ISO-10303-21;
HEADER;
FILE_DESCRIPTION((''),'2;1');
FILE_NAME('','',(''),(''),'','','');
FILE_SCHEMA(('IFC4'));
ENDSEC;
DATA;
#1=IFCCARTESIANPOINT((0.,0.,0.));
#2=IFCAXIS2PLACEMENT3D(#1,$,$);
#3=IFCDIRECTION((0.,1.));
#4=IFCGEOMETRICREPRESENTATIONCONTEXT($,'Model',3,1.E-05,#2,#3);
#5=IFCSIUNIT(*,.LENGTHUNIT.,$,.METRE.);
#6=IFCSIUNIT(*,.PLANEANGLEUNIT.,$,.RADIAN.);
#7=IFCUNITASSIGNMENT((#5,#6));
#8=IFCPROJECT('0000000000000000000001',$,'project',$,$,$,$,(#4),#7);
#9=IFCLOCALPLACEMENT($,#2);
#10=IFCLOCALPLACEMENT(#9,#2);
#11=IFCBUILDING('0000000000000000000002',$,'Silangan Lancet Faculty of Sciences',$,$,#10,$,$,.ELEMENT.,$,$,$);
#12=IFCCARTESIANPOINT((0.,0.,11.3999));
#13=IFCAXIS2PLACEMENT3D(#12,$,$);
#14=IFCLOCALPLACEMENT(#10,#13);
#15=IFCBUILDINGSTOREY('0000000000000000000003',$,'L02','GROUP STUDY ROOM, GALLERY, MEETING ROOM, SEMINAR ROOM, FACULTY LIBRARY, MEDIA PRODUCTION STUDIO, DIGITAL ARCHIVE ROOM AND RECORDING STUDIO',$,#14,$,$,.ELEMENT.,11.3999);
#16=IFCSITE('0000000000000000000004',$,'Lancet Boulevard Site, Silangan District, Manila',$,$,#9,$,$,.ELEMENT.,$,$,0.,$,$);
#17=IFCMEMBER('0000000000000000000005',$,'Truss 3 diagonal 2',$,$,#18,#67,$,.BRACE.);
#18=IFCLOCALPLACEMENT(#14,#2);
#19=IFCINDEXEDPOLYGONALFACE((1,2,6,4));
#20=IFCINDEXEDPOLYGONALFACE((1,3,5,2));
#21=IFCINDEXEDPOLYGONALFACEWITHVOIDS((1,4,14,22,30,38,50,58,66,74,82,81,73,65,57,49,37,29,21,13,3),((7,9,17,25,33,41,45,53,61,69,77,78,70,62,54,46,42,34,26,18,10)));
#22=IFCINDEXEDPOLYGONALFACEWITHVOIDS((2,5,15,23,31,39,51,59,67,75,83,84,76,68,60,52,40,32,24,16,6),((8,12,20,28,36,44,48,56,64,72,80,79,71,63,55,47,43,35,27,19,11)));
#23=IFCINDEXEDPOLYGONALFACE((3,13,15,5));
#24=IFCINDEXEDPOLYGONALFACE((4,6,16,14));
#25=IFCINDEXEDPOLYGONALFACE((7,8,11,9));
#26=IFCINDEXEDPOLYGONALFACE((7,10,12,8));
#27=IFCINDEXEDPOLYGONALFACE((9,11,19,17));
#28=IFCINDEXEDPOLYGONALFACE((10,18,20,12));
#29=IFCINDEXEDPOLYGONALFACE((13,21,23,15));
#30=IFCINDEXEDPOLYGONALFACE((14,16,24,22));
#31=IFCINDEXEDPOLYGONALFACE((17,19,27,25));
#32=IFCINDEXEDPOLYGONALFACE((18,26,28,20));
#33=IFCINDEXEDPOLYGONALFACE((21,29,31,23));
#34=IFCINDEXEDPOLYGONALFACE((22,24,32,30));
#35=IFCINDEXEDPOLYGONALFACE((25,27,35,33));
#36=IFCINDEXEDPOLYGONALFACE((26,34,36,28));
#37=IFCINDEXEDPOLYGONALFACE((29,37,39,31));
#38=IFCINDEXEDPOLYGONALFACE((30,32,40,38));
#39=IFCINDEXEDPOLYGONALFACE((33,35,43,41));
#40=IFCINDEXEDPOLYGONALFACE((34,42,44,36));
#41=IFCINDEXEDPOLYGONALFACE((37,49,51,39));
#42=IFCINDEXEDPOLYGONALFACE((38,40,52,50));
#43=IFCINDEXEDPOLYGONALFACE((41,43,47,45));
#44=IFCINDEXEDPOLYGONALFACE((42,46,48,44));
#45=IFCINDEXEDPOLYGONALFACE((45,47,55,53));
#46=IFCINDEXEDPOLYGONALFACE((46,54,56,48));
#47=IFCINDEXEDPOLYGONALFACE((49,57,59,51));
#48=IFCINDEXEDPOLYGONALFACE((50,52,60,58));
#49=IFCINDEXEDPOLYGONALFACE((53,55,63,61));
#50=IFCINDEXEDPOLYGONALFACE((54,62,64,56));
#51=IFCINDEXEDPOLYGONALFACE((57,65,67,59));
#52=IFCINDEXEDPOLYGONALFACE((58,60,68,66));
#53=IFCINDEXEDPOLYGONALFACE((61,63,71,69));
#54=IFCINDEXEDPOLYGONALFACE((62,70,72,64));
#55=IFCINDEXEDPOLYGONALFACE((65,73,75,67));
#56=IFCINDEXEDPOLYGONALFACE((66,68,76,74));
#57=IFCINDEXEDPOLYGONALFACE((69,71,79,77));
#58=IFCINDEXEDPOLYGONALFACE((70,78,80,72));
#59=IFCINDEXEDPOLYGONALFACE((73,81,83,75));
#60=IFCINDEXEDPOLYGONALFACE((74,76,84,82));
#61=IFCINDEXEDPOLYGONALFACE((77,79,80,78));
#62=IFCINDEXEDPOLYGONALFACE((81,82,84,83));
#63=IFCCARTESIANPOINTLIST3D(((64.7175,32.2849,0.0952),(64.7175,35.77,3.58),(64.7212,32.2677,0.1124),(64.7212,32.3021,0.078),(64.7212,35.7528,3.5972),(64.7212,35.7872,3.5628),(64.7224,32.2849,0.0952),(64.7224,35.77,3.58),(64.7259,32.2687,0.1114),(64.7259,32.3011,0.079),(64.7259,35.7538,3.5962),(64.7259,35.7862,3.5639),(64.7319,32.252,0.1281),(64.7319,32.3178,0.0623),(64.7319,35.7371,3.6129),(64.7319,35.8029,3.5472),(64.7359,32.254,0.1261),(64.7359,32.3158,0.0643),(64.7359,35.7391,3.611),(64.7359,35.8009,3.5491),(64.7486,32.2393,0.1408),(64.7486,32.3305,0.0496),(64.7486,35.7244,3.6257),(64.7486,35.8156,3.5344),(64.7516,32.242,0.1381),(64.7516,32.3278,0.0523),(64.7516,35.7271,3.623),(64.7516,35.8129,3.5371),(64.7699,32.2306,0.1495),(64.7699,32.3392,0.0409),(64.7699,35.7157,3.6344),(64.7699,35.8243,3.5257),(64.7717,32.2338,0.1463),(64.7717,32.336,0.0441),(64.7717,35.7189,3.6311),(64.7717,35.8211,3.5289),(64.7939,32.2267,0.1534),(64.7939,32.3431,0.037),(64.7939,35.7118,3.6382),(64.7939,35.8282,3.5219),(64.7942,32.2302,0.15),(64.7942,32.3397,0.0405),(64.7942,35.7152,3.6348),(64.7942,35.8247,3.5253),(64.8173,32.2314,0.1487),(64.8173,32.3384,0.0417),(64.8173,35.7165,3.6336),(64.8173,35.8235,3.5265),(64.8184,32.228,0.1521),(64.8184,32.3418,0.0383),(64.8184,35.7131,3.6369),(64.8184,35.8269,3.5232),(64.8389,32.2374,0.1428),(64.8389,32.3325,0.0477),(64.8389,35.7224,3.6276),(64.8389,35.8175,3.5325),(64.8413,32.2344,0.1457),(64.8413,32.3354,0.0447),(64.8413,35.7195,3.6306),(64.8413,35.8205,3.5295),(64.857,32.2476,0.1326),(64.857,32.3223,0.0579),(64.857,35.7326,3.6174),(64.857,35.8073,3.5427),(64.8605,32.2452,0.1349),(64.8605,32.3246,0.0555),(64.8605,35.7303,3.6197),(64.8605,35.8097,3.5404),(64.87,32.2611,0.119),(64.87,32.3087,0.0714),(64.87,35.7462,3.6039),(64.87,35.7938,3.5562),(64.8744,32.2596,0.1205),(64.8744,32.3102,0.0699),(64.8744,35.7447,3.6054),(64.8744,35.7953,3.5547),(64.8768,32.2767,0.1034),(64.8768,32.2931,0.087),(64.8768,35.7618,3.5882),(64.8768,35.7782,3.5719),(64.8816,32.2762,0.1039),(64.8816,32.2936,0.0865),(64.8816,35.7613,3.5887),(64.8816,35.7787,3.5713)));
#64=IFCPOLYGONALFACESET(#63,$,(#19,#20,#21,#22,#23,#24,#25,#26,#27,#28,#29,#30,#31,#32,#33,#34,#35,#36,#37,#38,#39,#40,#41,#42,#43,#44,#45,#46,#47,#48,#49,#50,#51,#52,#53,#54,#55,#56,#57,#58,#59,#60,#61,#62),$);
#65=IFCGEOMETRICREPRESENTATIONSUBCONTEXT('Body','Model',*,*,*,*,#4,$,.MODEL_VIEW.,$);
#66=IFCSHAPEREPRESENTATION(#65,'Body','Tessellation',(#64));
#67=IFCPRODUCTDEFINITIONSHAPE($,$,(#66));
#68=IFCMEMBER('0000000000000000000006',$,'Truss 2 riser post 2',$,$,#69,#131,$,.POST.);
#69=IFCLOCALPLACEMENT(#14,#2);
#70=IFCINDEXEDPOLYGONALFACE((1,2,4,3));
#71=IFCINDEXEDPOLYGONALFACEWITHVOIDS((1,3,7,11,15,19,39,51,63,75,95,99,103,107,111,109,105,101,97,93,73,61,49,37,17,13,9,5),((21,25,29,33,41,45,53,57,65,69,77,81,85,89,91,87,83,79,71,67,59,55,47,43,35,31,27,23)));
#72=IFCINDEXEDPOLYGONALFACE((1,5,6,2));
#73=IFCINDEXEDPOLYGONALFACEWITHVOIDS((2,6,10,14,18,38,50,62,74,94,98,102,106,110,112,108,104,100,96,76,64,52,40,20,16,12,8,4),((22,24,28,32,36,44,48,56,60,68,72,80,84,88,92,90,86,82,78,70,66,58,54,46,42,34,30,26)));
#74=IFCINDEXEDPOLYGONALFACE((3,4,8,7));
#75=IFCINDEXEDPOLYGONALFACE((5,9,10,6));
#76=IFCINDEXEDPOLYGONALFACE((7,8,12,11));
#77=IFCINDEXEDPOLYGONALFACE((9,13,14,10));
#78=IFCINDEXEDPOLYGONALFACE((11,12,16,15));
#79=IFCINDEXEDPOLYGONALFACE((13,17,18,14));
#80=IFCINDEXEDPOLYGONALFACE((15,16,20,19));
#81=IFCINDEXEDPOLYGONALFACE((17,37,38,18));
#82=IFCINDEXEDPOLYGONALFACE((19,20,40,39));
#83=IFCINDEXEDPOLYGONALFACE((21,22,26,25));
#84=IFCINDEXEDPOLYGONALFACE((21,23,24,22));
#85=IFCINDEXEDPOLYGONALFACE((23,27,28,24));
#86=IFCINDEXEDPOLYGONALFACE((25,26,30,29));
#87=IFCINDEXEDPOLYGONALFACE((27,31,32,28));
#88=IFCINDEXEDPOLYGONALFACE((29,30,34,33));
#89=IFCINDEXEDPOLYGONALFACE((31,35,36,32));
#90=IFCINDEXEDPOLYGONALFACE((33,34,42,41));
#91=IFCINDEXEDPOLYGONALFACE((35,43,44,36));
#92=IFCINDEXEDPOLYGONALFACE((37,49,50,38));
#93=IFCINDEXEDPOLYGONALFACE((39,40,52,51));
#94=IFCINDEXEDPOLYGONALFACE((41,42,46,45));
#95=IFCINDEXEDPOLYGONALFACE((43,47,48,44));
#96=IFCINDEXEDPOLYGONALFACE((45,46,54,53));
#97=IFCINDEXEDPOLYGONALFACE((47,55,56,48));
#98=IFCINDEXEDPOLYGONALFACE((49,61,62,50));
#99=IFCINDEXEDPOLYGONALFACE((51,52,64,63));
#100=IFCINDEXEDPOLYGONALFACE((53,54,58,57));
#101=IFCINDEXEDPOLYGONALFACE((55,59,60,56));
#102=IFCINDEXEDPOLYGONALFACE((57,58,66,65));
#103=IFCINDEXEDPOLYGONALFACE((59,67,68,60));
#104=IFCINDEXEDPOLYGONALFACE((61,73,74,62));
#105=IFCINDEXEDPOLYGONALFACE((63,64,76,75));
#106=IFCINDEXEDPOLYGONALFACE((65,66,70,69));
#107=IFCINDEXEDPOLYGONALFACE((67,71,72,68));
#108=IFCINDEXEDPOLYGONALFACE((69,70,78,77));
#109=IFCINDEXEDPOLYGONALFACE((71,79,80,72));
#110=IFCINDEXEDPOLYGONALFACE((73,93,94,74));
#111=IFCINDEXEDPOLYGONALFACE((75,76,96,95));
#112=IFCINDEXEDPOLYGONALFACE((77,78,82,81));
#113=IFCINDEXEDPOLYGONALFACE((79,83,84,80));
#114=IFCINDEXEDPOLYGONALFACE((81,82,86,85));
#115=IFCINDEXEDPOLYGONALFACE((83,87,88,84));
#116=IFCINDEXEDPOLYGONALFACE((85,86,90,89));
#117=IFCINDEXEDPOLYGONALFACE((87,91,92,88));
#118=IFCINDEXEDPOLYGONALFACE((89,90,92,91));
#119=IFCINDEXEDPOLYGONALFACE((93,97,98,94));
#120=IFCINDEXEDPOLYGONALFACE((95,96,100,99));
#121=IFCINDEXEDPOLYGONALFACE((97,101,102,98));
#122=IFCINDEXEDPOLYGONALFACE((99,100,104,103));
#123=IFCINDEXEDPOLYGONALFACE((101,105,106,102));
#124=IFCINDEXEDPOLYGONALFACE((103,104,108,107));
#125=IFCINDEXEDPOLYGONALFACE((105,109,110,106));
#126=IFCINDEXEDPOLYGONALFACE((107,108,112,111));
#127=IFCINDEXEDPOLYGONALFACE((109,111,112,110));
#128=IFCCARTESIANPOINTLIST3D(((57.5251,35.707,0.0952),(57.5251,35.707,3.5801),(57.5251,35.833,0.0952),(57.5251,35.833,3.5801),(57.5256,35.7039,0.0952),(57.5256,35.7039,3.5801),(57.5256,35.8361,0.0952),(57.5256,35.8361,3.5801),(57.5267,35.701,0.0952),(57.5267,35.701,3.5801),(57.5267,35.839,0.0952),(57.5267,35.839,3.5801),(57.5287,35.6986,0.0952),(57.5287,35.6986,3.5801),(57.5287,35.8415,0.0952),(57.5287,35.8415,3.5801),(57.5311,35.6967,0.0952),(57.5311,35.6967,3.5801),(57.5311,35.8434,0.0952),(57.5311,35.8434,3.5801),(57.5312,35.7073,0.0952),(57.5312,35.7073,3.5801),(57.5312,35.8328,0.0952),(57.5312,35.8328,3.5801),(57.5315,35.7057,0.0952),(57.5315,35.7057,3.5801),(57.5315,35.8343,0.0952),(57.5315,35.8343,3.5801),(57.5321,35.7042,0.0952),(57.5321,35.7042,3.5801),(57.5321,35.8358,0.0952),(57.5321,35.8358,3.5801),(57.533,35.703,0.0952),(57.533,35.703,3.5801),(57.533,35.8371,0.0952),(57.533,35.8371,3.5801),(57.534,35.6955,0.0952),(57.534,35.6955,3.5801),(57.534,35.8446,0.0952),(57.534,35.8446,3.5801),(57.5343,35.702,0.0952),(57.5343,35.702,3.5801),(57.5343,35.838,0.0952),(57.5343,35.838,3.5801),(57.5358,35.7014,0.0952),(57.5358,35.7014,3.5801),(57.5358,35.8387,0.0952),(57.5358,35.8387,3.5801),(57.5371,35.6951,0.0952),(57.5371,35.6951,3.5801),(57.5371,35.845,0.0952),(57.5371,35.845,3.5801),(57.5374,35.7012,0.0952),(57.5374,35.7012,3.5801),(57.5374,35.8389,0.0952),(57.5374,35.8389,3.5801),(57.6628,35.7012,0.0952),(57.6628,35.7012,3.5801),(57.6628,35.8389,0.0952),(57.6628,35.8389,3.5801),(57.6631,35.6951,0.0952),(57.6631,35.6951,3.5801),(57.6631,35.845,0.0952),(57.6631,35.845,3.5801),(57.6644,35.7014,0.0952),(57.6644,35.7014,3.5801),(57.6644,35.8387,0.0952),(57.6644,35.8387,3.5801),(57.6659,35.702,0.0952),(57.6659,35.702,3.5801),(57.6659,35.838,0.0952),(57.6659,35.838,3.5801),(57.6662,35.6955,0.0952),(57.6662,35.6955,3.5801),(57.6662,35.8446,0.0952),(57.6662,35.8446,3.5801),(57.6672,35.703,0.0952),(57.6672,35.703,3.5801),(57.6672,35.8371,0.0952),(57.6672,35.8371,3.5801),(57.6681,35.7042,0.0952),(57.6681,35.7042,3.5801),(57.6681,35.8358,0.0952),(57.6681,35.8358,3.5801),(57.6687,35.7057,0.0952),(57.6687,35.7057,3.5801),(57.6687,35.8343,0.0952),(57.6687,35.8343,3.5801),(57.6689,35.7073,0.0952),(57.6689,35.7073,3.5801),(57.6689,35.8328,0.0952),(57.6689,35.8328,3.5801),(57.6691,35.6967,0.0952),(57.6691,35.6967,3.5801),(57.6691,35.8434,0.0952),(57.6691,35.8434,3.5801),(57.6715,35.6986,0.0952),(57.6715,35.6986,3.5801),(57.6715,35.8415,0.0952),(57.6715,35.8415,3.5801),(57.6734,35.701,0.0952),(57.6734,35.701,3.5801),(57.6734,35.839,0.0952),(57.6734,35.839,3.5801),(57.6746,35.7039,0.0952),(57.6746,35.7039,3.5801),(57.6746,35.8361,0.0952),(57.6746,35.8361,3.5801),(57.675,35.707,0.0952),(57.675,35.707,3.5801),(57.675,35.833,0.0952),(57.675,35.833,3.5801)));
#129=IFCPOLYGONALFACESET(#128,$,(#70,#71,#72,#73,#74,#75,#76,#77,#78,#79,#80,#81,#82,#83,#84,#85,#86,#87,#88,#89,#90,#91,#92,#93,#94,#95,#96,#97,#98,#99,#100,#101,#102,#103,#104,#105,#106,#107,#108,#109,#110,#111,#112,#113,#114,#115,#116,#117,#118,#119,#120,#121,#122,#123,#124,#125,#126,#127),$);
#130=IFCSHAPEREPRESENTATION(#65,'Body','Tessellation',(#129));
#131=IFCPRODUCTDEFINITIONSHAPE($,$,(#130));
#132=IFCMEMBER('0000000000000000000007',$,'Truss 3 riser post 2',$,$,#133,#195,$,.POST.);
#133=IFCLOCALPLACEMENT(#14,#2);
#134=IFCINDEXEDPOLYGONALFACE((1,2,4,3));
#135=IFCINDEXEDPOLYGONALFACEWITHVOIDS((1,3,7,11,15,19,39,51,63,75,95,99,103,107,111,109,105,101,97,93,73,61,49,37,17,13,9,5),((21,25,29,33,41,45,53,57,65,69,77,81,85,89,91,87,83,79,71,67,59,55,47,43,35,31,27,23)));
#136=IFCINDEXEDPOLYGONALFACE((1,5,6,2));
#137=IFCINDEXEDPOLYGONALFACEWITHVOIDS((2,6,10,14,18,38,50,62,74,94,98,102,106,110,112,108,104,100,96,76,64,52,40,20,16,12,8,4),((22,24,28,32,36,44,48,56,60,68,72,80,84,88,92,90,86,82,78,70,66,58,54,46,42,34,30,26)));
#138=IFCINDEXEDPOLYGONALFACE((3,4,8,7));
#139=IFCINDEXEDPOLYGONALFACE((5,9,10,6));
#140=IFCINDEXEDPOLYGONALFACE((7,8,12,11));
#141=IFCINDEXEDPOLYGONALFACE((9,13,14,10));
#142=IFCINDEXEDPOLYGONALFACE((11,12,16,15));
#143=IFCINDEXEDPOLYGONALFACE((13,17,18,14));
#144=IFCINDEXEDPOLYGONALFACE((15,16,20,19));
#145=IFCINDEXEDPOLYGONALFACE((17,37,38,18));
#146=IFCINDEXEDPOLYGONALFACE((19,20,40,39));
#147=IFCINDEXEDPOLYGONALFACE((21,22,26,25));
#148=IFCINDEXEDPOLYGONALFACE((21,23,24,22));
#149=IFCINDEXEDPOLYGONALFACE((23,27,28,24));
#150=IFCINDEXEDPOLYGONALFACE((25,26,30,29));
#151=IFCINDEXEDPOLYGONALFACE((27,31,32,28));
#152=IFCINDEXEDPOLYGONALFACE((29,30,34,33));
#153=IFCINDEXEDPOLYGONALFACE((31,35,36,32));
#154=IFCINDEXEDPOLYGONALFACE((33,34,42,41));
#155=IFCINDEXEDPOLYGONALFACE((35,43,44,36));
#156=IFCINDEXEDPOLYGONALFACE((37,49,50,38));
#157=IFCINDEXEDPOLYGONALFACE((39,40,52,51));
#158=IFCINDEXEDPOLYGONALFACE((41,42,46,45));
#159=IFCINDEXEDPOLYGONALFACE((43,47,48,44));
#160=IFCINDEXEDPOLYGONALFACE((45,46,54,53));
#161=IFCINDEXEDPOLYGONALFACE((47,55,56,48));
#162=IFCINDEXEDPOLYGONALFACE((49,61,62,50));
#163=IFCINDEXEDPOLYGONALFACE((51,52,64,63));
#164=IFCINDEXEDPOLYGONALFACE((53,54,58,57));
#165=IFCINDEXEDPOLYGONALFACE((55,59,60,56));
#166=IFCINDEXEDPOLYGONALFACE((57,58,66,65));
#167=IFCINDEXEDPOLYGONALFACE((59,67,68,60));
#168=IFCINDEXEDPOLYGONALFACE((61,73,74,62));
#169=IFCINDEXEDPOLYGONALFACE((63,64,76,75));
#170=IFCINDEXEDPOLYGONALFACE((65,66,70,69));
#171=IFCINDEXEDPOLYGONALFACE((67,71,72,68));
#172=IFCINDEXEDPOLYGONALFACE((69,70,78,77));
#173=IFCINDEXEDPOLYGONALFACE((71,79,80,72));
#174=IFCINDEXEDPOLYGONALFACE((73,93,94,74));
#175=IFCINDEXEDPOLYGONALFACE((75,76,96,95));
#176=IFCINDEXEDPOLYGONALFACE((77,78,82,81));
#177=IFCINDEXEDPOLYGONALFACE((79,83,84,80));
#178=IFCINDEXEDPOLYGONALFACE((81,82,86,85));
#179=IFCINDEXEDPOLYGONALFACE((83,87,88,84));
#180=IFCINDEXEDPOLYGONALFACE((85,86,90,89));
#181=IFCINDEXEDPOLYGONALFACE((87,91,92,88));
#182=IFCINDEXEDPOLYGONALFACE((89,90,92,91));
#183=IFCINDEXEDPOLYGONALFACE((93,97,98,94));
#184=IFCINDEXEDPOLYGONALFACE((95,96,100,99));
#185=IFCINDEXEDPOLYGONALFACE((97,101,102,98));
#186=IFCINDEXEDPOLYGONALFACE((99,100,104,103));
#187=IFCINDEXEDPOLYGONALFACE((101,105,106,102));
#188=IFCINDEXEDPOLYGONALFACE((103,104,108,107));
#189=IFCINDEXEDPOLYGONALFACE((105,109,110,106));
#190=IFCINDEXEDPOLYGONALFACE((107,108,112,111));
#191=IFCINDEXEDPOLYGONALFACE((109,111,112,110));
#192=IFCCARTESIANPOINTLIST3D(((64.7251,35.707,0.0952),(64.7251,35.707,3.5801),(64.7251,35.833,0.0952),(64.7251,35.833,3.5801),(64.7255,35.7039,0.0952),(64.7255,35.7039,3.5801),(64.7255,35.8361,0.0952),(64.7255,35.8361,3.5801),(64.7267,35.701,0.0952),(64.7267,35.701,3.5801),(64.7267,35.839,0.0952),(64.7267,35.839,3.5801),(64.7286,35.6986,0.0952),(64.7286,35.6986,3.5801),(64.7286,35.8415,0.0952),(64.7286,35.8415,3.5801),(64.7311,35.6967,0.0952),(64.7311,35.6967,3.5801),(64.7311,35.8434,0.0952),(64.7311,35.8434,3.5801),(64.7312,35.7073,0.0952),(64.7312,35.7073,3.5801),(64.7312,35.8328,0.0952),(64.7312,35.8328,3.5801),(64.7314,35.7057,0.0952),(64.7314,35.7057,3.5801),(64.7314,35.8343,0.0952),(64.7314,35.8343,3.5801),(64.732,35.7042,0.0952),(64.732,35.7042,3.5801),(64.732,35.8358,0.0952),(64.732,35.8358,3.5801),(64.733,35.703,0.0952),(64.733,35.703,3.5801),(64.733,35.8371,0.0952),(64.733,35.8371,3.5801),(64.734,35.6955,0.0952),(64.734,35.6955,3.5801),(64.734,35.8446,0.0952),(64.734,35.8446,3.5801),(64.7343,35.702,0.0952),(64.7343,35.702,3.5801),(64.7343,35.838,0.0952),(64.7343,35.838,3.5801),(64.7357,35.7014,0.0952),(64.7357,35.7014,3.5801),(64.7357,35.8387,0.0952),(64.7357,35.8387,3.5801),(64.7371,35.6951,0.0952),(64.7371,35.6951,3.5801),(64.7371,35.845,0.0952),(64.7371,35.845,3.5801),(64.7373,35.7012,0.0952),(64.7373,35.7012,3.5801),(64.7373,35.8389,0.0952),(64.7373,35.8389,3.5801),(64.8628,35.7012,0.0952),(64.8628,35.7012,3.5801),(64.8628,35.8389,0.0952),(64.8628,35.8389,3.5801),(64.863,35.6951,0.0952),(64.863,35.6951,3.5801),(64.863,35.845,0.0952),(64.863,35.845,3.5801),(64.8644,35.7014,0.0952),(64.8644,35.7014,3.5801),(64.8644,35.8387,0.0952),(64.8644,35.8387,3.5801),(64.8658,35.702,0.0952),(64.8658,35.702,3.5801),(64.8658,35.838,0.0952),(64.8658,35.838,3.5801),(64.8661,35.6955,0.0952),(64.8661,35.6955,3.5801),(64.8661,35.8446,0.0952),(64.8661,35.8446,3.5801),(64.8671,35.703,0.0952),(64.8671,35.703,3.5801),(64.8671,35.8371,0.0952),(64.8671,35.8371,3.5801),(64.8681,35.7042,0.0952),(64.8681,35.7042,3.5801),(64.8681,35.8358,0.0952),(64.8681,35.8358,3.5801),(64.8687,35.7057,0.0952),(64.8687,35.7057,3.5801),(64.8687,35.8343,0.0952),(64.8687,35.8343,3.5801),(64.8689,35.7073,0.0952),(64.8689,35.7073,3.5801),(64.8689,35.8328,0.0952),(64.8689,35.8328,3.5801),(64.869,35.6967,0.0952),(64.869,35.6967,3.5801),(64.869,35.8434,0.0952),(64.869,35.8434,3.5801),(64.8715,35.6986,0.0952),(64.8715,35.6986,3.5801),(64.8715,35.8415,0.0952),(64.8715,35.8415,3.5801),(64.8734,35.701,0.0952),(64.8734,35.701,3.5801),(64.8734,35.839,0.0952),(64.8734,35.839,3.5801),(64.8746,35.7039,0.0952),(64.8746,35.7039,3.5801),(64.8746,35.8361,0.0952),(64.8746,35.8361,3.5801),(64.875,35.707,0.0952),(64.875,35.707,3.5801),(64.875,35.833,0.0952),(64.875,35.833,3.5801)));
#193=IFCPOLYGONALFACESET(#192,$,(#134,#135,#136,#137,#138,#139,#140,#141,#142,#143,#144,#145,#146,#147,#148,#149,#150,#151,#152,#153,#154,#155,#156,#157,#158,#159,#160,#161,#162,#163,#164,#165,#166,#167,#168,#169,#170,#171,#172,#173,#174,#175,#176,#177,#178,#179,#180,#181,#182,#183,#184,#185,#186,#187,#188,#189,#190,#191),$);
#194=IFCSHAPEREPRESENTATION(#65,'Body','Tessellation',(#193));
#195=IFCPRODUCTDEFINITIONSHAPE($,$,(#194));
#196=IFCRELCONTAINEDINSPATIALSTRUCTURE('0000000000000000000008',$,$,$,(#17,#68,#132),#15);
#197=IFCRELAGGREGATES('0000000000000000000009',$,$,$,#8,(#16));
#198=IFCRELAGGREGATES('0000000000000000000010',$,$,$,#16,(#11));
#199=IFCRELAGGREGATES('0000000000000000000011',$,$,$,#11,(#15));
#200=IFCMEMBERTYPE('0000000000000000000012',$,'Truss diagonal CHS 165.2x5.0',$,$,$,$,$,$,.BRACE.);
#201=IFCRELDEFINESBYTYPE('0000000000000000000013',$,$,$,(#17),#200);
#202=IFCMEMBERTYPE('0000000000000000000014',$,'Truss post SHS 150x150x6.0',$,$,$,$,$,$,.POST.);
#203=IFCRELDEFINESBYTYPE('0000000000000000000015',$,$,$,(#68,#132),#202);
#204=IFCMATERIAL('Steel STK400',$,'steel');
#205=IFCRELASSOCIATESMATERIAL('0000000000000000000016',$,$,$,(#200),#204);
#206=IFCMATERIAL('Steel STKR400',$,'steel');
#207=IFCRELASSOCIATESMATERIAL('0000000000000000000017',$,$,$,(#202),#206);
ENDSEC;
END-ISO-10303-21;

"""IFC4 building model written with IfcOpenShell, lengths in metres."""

from ifc_helpers import new_model, si_unit, direction, frame, origin, origin_2d, place, context, subcontext, project, spatial, hollow_rectangle, hollow_circle, extrude, material, material_profile, profile_set, type_object, element, save


model = new_model("IFC4")

# Units and contexts
model_context = context("Model", 3, precision=1e-05, world=origin(), true_north=direction((0.0, 1.0)))
body_context = subcontext(model_context, "Body", "Model", "MODEL_VIEW")
ifc_project = project(units=[si_unit("LENGTHUNIT", "METRE"), si_unit("PLANEANGLEUNIT", "RADIAN")], contexts=[model_context])

# Site, building, storey
site_placement = place(None, origin())
site = spatial("IfcSite", under=ifc_project, at=site_placement, Name="Lancet Boulevard Site, Silangan District, Manila", CompositionType="ELEMENT", RefElevation=0.0)
building_placement = place(site_placement, origin())
building = spatial("IfcBuilding", under=site, at=building_placement, Name="Silangan Lancet Faculty of Sciences", CompositionType="ELEMENT")
storey_placement = place(building_placement, frame((0.0, 0.0, 11.3999)))
storey = spatial("IfcBuildingStorey", under=building, at=storey_placement, Name="L02", Description="GROUP STUDY ROOM, GALLERY, MEETING ROOM, SEMINAR ROOM, FACULTY LIBRARY, MEDIA PRODUCTION STUDIO, DIGITAL ARCHIVE ROOM AND RECORDING STUDIO", CompositionType="ELEMENT", Elevation=11.3999)

# Members
ifc_material_1 = material(Name="Steel STK400", Category="steel")
ifc_material_profile_1 = material_profile(ifc_material_1, hollow_circle(Radius=0.0825, WallThickness=0.0049, at=origin_2d()), Name="CHS 165.2x5.0")
ifc_profile_set_1 = profile_set([ifc_material_profile_1], Name="Steel STK400")
member_type_1 = type_object("IfcMemberType", Name="Truss diagonal CHS 165.2x5.0", PredefinedType="BRACE", material=ifc_profile_set_1)
member_1_placement = place(storey_placement, frame((64.8, 32.2849, 0.0952), z_axis=(0.0, 0.707132, 0.707082), x_axis=(-1.0, 0.0, 0.0)))
element("IfcMember", 1, at=member_1_placement, inside=storey, type_object=member_type_1, Name="Truss 3 diagonal 2", PredefinedType="BRACE", context=body_context, shape_type="SweptSolid", body=[
    extrude(hollow_circle(Radius=0.0825, WallThickness=0.0049, at=origin_2d()), origin(), (0.0, 0.0, 1.0), 4.9285),
])
ifc_material_2 = material(Name="Steel STKR400", Category="steel")
ifc_material_profile_2 = material_profile(ifc_material_2, hollow_rectangle(XDim=0.1499, YDim=0.1499, WallThickness=0.0061, InnerFilletRadius=0.0061, OuterFilletRadius=0.012, at=origin_2d()), Name="SHS 150x150x6.0")
ifc_profile_set_2 = profile_set([ifc_material_profile_2], Name="Steel STKR400")
member_type_2 = type_object("IfcMemberType", Name="Truss post SHS 150x150x6.0", PredefinedType="POST", material=ifc_profile_set_2)
for number, where, z_axis, x_axis, name in (
    (2, (57.6001, 35.77, 0.0952), (0.0, 0.0, 1.0), (1.0, 0.0, 0.0), "Truss 2 riser post 2"),
    (3, (64.8, 35.77, 0.0952), (0.0, 0.0, 1.0), (1.0, 0.0, 0.0), "Truss 3 riser post 2"),
):
    element("IfcMember", number, at=place(storey_placement, frame(where, z_axis=z_axis, x_axis=x_axis)), inside=storey, type_object=member_type_2, Name=name, PredefinedType="POST", context=body_context, shape_type="SweptSolid", body=[
        extrude(hollow_rectangle(XDim=0.1499, YDim=0.1499, WallThickness=0.0061, InnerFilletRadius=0.0061, OuterFilletRadius=0.012, at=origin_2d()), origin(), (0.0, 0.0, 1.0), 3.4849),
    ])

save(model, "model.ifc")
